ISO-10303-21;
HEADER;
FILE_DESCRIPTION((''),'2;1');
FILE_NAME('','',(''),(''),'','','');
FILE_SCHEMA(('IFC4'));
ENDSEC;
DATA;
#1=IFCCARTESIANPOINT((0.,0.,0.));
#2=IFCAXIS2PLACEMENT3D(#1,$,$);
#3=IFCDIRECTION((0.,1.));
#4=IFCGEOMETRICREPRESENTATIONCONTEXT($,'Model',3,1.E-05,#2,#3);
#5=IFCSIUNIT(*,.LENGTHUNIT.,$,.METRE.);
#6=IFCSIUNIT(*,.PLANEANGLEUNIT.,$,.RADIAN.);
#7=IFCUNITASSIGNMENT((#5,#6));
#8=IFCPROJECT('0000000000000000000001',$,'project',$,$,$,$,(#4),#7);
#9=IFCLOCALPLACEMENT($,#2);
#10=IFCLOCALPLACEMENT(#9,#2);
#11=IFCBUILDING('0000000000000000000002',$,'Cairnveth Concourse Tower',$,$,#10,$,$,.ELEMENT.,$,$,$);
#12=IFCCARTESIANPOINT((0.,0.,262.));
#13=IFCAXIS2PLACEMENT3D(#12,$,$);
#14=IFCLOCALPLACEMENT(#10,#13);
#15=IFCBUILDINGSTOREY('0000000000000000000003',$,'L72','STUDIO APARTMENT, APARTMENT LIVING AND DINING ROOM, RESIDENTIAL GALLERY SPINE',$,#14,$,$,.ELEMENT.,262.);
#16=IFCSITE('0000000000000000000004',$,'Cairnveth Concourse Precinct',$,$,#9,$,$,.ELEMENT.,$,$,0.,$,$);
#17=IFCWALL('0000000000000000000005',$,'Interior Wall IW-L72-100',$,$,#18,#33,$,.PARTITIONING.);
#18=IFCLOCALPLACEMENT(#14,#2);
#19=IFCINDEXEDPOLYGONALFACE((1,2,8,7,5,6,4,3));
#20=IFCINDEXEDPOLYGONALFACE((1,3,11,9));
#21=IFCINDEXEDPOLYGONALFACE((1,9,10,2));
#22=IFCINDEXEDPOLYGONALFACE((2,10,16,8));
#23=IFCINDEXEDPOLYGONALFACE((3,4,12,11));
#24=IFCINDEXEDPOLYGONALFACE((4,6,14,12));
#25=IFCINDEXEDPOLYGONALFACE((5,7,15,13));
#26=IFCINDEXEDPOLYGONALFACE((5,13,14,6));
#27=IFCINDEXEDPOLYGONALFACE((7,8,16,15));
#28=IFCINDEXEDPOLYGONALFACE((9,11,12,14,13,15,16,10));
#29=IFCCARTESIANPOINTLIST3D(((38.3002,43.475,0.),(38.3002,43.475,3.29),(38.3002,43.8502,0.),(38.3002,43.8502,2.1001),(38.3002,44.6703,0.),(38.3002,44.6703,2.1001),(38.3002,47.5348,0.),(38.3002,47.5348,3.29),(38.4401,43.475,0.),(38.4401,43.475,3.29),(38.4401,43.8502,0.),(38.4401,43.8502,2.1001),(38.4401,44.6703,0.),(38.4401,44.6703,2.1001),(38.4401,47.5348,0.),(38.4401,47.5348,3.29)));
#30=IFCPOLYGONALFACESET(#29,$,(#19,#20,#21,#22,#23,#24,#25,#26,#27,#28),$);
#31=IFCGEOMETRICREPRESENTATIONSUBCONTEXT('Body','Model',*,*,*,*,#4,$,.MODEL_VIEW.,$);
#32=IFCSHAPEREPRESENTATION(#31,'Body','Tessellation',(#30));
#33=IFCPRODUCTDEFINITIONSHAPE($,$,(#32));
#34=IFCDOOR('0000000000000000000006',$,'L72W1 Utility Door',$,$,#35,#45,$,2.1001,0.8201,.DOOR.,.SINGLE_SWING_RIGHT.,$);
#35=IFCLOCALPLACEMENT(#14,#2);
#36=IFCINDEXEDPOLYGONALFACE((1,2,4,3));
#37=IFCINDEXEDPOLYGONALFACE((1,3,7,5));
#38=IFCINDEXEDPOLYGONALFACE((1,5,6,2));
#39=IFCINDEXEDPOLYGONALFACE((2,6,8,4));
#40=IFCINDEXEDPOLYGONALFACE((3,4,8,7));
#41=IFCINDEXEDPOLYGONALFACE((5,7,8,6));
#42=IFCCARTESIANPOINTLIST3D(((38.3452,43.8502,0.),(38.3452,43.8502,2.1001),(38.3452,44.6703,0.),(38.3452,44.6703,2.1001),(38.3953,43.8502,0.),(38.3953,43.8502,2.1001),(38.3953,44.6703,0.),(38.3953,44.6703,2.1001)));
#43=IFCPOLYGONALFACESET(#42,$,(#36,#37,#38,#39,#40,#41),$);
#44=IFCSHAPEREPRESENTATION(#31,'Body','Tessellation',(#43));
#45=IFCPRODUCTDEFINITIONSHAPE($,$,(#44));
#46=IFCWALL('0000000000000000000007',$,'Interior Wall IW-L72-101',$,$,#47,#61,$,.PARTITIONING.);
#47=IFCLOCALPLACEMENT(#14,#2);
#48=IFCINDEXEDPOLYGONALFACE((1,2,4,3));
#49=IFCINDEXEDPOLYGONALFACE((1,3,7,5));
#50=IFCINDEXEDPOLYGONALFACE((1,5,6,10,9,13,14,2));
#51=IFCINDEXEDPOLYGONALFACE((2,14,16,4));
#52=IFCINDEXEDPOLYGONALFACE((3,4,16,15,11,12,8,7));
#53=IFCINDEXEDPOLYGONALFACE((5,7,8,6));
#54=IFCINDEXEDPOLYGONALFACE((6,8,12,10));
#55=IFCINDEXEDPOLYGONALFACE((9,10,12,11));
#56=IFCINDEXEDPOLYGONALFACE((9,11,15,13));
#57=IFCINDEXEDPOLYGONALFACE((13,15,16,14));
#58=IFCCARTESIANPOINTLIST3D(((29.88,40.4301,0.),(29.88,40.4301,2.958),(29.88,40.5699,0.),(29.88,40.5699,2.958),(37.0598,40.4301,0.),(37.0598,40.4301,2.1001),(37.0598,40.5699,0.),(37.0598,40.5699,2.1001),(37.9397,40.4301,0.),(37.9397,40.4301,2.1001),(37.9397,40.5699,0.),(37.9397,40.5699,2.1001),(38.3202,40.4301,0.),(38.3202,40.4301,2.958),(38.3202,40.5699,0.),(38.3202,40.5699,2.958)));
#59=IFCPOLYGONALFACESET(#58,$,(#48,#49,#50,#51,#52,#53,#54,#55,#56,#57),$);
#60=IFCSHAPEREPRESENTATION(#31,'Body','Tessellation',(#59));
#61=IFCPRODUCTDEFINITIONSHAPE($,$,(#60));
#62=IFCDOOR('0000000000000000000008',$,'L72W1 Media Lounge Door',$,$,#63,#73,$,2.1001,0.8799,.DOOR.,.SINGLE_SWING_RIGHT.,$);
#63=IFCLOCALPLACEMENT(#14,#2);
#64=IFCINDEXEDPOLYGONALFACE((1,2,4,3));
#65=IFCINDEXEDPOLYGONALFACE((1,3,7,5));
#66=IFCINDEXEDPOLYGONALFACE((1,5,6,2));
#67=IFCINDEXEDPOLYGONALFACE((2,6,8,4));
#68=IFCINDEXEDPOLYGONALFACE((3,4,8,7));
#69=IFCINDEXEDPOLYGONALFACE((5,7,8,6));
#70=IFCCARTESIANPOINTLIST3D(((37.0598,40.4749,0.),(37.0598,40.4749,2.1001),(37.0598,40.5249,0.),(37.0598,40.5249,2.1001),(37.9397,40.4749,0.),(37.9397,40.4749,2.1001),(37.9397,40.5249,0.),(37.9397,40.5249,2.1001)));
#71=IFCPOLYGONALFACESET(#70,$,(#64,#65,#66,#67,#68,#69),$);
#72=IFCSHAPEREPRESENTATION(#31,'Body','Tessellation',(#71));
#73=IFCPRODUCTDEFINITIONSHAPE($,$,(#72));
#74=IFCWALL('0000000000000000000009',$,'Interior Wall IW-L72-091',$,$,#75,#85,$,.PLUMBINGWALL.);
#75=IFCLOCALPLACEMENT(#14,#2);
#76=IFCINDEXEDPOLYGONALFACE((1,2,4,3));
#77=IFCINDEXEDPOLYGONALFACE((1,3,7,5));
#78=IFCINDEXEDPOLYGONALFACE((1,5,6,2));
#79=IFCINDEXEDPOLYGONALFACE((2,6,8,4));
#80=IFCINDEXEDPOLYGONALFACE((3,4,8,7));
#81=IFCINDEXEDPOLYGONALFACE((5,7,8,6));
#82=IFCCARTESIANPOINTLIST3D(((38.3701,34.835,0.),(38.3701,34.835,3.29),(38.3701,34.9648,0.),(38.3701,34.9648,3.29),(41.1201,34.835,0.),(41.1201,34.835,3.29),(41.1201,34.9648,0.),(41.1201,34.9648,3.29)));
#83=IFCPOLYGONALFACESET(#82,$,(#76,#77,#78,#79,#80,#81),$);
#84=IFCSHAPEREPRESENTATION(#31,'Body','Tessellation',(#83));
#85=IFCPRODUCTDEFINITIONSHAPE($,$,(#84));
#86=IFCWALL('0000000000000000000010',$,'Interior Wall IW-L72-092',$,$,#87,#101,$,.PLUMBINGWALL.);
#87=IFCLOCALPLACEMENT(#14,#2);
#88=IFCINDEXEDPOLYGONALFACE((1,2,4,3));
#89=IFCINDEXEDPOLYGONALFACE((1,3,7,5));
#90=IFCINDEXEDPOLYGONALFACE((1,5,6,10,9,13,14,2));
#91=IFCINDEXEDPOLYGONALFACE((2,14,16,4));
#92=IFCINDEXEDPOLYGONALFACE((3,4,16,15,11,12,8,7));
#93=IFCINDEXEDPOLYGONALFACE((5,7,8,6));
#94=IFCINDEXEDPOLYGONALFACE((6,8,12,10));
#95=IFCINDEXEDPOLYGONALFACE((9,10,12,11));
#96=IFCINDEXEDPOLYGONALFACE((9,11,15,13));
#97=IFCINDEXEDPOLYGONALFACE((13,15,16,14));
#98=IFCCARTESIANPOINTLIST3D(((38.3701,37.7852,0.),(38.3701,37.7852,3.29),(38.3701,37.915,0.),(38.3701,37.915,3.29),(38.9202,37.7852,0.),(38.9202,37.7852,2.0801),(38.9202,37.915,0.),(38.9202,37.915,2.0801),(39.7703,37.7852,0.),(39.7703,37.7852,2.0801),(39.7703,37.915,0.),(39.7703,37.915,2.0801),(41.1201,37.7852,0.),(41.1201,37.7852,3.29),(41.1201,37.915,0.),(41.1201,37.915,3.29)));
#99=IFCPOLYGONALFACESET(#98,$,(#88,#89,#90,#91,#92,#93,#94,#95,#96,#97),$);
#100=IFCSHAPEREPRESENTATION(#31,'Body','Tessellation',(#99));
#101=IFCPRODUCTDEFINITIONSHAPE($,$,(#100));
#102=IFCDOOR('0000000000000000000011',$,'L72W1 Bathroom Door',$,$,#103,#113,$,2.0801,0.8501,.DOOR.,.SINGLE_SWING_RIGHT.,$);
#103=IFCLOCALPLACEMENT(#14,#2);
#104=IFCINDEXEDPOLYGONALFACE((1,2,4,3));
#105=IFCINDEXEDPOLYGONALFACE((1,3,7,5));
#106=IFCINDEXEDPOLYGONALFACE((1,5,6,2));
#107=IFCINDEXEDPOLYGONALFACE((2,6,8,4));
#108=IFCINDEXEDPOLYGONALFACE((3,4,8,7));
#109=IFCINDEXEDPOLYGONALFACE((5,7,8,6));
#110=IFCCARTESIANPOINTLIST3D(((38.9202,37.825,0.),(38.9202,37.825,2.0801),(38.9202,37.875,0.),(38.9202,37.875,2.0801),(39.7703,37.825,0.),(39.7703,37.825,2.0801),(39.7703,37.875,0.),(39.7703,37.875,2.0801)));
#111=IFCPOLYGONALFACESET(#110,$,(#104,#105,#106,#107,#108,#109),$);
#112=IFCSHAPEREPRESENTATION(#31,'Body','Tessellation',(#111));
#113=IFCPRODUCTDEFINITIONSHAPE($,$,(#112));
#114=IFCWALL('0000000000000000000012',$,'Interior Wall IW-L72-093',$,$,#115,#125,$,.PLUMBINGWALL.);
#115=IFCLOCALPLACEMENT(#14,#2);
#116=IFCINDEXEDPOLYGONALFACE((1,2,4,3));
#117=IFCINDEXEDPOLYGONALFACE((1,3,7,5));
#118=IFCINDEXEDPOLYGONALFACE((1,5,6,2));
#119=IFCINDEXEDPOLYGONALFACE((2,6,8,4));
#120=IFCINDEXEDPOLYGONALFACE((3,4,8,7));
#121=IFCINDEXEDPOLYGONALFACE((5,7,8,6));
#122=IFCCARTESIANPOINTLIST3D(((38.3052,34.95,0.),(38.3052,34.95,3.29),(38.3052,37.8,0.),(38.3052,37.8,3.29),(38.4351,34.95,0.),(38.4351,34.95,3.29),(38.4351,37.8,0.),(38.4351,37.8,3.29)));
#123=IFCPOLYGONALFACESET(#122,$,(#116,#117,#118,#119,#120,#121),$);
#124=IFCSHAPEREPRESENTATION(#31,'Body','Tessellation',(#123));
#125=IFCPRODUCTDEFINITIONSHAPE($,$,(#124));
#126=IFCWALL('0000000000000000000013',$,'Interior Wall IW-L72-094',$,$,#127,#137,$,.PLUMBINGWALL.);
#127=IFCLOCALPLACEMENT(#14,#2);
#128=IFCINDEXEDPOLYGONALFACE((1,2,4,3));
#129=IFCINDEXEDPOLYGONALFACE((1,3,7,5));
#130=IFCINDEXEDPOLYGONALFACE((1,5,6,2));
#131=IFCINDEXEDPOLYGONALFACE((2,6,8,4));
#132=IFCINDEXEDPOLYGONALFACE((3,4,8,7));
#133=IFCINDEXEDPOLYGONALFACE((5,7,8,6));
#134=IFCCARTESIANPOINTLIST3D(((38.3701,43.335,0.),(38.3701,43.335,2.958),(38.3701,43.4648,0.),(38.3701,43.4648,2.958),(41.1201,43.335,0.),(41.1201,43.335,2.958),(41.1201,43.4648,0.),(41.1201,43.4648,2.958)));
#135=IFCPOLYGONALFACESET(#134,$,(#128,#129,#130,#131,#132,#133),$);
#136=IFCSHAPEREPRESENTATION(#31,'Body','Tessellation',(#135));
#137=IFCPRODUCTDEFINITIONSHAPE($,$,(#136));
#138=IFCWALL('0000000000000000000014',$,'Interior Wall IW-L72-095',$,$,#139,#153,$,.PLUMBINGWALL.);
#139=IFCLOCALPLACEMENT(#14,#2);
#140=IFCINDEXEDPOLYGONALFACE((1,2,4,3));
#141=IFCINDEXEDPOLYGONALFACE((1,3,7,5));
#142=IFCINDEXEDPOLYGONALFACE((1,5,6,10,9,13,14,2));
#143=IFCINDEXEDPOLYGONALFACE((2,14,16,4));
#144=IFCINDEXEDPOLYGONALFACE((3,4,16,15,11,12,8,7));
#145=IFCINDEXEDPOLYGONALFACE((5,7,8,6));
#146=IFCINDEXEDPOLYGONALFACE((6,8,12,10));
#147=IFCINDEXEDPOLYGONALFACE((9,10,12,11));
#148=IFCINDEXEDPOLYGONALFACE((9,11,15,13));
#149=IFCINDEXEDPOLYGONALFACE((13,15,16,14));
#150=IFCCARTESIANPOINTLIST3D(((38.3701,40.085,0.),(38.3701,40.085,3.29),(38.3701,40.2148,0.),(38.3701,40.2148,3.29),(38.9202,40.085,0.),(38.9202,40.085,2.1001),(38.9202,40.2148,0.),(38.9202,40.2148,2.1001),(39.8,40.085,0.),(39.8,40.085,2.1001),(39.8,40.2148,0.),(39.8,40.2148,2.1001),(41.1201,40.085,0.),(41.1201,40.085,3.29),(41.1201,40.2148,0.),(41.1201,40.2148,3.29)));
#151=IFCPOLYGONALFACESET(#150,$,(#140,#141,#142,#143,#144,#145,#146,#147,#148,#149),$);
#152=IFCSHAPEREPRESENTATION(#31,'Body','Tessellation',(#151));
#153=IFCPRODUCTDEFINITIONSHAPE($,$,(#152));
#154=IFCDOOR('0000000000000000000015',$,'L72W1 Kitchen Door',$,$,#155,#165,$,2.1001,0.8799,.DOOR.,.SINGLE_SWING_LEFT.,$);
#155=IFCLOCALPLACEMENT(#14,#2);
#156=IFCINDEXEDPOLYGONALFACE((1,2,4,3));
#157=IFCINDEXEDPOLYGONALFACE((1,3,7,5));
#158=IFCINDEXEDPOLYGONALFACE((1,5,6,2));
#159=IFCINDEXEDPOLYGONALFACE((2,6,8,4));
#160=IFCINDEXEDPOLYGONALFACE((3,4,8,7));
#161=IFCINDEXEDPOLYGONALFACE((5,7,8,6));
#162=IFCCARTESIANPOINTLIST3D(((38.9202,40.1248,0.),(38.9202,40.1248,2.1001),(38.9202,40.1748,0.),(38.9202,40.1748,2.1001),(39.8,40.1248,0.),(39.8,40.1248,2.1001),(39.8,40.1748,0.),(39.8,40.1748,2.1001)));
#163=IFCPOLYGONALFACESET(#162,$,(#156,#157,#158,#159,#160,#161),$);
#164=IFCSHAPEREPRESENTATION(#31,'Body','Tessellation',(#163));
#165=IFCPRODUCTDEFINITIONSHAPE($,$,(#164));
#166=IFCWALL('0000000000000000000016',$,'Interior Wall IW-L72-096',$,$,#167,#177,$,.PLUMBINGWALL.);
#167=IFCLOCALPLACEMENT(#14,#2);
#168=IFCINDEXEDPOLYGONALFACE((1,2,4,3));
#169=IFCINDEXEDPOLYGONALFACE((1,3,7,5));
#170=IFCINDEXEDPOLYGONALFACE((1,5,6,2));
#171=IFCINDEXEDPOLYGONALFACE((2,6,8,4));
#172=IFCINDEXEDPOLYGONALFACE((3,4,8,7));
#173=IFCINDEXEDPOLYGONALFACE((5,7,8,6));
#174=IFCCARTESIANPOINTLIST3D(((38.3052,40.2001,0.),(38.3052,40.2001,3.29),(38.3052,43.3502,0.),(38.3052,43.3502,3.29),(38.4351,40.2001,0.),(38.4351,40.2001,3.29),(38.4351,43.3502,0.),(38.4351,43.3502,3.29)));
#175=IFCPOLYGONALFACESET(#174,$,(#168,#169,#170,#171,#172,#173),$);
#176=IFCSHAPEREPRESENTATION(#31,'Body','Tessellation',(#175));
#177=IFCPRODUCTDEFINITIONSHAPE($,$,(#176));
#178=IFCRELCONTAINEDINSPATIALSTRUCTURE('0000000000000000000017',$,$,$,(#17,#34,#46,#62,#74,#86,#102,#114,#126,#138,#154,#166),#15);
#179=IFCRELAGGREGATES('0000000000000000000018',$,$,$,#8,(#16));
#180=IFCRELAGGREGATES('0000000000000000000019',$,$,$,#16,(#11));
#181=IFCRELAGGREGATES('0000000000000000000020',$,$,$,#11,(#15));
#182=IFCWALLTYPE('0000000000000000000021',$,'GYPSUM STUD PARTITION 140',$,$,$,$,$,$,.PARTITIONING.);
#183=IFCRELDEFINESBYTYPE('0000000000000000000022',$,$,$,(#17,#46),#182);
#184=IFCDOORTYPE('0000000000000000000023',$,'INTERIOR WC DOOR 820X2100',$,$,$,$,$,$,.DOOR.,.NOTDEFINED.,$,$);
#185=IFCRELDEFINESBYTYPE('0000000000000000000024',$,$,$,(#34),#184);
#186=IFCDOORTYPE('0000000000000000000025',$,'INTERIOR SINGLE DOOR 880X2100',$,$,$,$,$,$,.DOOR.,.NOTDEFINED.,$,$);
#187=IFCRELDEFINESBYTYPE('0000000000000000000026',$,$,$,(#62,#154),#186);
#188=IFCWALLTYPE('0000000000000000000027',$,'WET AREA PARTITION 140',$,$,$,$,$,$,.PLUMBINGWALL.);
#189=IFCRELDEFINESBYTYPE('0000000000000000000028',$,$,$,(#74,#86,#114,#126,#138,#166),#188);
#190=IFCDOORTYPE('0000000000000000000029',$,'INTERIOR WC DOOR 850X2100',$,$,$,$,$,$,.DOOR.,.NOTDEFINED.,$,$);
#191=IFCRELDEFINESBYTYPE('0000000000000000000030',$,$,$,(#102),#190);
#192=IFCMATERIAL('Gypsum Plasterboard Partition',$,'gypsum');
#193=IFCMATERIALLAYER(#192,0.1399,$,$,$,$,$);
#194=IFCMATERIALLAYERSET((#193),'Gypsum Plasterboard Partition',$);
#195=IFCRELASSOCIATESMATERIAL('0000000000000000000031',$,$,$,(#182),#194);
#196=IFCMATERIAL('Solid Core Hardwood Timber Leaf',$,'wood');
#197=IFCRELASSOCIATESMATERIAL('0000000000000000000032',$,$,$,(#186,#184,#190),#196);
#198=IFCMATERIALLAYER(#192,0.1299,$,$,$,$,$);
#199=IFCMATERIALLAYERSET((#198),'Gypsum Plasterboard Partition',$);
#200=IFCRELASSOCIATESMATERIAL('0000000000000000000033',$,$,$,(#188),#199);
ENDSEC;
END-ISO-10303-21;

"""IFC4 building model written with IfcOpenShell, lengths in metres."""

from ifc_helpers import new_model, si_unit, direction, frame, frame_2d, origin, place, context, subcontext, project, spatial, rectangle, extrude, material, layer, layer_set, type_object, element, fill, save


model = new_model("IFC4")

# Units and contexts
model_context = context("Model", 3, precision=1e-05, world=origin(), true_north=direction((0.0, 1.0)))
body_context = subcontext(model_context, "Body", "Model", "MODEL_VIEW")
ifc_project = project(units=[si_unit("LENGTHUNIT", "METRE"), si_unit("PLANEANGLEUNIT", "RADIAN")], contexts=[model_context])

# Site, building, storey
site_placement = place(None, origin())
site = spatial("IfcSite", under=ifc_project, at=site_placement, Name="Cairnveth Concourse Precinct", CompositionType="ELEMENT", RefElevation=0.0)
building_placement = place(site_placement, origin())
building = spatial("IfcBuilding", under=site, at=building_placement, Name="Cairnveth Concourse Tower", CompositionType="ELEMENT")
storey_placement = place(building_placement, frame((0.0, 0.0, 262.0)))
storey = spatial("IfcBuildingStorey", under=building, at=storey_placement, Name="L72", Description="STUDIO APARTMENT, APARTMENT LIVING AND DINING ROOM, RESIDENTIAL GALLERY SPINE", CompositionType="ELEMENT", Elevation=262.0)

# Walls, openings, doors
ifc_material_1 = material(Name="Gypsum Plasterboard Partition", Category="gypsum")
ifc_layer_1 = layer(ifc_material_1, 0.1399)
ifc_layer_set_1 = layer_set([ifc_layer_1], Name="Gypsum Plasterboard Partition")
wall_type_1 = type_object("IfcWallType", Name="GYPSUM STUD PARTITION 140", PredefinedType="PARTITIONING", material=ifc_layer_set_1)
ifc_material_2 = material(Name="Solid Core Hardwood Timber Leaf", Category="wood")
door_type_1 = type_object("IfcDoorType", Name="INTERIOR SINGLE DOOR 880X2100", OperationType="NOTDEFINED", PredefinedType="DOOR", material=ifc_material_2)
wall_1_placement = place(storey_placement, frame((38.3701, 43.4751, 0.0), z_axis=(0.0, 0.0, 1.0), x_axis=(0.0, 1.0, 0.0)))
wall_1 = element("IfcWall", 1, at=wall_1_placement, inside=storey, type_object=wall_type_1, Name="Interior Wall IW-L72-100", PredefinedType="PARTITIONING", context=body_context, shape_type="SweptSolid", body=[
    extrude(rectangle(XDim=4.0598, YDim=0.1399, at=frame_2d((2.0298, 0.0))), origin(), (0.0, 0.0, 1.0), 3.29),
])
opening_1_placement = place(wall_1_placement, frame((0.375, 0.0, 0.0)))
opening_1 = element("IfcOpeningElement", 2, at=opening_1_placement, cuts=wall_1, PredefinedType="OPENING", context=body_context, shape_type="SweptSolid", body=[
    extrude(rectangle(XDim=0.8201, YDim=2.1001, at=frame_2d((0.4102, 1.05))), frame((0.0, 0.0798, 0.0), z_axis=(0.0, -1.0, 0.0), x_axis=(1.0, 0.0, 0.0)), (0.0, 0.0, 1.0), 0.1599),
])
door_type_2 = type_object("IfcDoorType", Name="INTERIOR WC DOOR 820X2100", OperationType="NOTDEFINED", PredefinedType="DOOR", material=ifc_material_2)
door_1_placement = place(opening_1_placement, origin())
door_1 = element("IfcDoor", 3, at=door_1_placement, inside=storey, type_object=door_type_2, Name="L72W1 Utility Door", OperationType="SINGLE_SWING_RIGHT", OverallHeight=2.1001, OverallWidth=0.8201, PredefinedType="DOOR", context=body_context, shape_type="SweptSolid", body=[
    extrude(rectangle(XDim=0.8201, YDim=2.1001, at=frame_2d((0.4102, 1.05))), frame((0.0, 0.0249, 0.0), z_axis=(0.0, -1.0, 0.0), x_axis=(1.0, 0.0, 0.0)), (0.0, 0.0, 1.0), 0.05),
])
fill(opening_1, door_1)
wall_2_placement = place(storey_placement, frame((29.8799, 40.5, 0.0), z_axis=(0.0, 0.0, 1.0), x_axis=(1.0, 0.0, 0.0)))
wall_2 = element("IfcWall", 4, at=wall_2_placement, inside=storey, type_object=wall_type_1, Name="Interior Wall IW-L72-101", PredefinedType="PARTITIONING", context=body_context, shape_type="SweptSolid", body=[
    extrude(rectangle(XDim=8.4402, YDim=0.1399, at=frame_2d((4.2202, 0.0))), origin(), (0.0, 0.0, 1.0), 2.958),
])
opening_2_placement = place(wall_2_placement, frame((7.1799, 0.0, 0.0)))
opening_2 = element("IfcOpeningElement", 5, at=opening_2_placement, cuts=wall_2, PredefinedType="OPENING", context=body_context, shape_type="SweptSolid", body=[
    extrude(rectangle(XDim=0.8799, YDim=2.1001, at=frame_2d((0.4399, 1.05))), frame((0.0, 0.0798, 0.0), z_axis=(0.0, -1.0, 0.0), x_axis=(1.0, 0.0, 0.0)), (0.0, 0.0, 1.0), 0.1599),
])
door_2_placement = place(opening_2_placement, origin())
door_2 = element("IfcDoor", 6, at=door_2_placement, inside=storey, type_object=door_type_1, Name="L72W1 Media Lounge Door", OperationType="SINGLE_SWING_RIGHT", OverallHeight=2.1001, OverallWidth=0.8799, PredefinedType="DOOR", context=body_context, shape_type="SweptSolid", body=[
    extrude(rectangle(XDim=0.8799, YDim=2.1001, at=frame_2d((0.4399, 1.05))), frame((0.0, 0.0249, 0.0), z_axis=(0.0, -1.0, 0.0), x_axis=(1.0, 0.0, 0.0)), (0.0, 0.0, 1.0), 0.05),
])
fill(opening_2, door_2)

# Wall
ifc_layer_2 = layer(ifc_material_1, 0.1299)
ifc_layer_set_2 = layer_set([ifc_layer_2], Name="Gypsum Plasterboard Partition")
wall_type_2 = type_object("IfcWallType", Name="WET AREA PARTITION 140", PredefinedType="PLUMBINGWALL", material=ifc_layer_set_2)
wall_3_placement = place(storey_placement, frame((38.3701, 34.8999, 0.0), z_axis=(0.0, 0.0, 1.0), x_axis=(1.0, 0.0, 0.0)))
element("IfcWall", 7, at=wall_3_placement, inside=storey, type_object=wall_type_2, Name="Interior Wall IW-L72-091", PredefinedType="PLUMBINGWALL", context=body_context, shape_type="SweptSolid", body=[
    extrude(rectangle(XDim=2.75, YDim=0.1299, at=frame_2d((1.375, 0.0))), origin(), (0.0, 0.0, 1.0), 3.29),
])

# Wall, opening, door
wall_4_placement = place(storey_placement, frame((38.3701, 37.8501, 0.0), z_axis=(0.0, 0.0, 1.0), x_axis=(1.0, 0.0, 0.0)))
wall_4 = element("IfcWall", 8, at=wall_4_placement, inside=storey, type_object=wall_type_2, Name="Interior Wall IW-L72-092", PredefinedType="PLUMBINGWALL", context=body_context, shape_type="SweptSolid", body=[
    extrude(rectangle(XDim=2.75, YDim=0.1299, at=frame_2d((1.375, 0.0))), origin(), (0.0, 0.0, 1.0), 3.29),
])
opening_3_placement = place(wall_4_placement, frame((0.55, 0.0, 0.0)))
opening_3 = element("IfcOpeningElement", 9, at=opening_3_placement, cuts=wall_4, PredefinedType="OPENING", context=body_context, shape_type="SweptSolid", body=[
    extrude(rectangle(XDim=0.8501, YDim=2.0801, at=frame_2d((0.425, 1.04))), frame((0.0, 0.075, 0.0), z_axis=(0.0, -1.0, 0.0), x_axis=(1.0, 0.0, 0.0)), (0.0, 0.0, 1.0), 0.1499),
])
door_type_3 = type_object("IfcDoorType", Name="INTERIOR WC DOOR 850X2100", OperationType="NOTDEFINED", PredefinedType="DOOR", material=ifc_material_2)
door_3_placement = place(opening_3_placement, origin())
door_3 = element("IfcDoor", 10, at=door_3_placement, inside=storey, type_object=door_type_3, Name="L72W1 Bathroom Door", OperationType="SINGLE_SWING_RIGHT", OverallHeight=2.0801, OverallWidth=0.8501, PredefinedType="DOOR", context=body_context, shape_type="SweptSolid", body=[
    extrude(rectangle(XDim=0.8501, YDim=2.0801, at=frame_2d((0.425, 1.04))), frame((0.0, 0.0249, 0.0), z_axis=(0.0, -1.0, 0.0), x_axis=(1.0, 0.0, 0.0)), (0.0, 0.0, 1.0), 0.05),
])
fill(opening_3, door_3)

# Walls
wall_5_placement = place(storey_placement, frame((38.3701, 34.95, 0.0), z_axis=(0.0, 0.0, 1.0), x_axis=(0.0, 1.0, 0.0)))
element("IfcWall", 11, at=wall_5_placement, inside=storey, type_object=wall_type_2, Name="Interior Wall IW-L72-093", PredefinedType="PLUMBINGWALL", context=body_context, shape_type="SweptSolid", body=[
    extrude(rectangle(XDim=2.8501, YDim=0.1299, at=frame_2d((1.425, 0.0))), origin(), (0.0, 0.0, 1.0), 3.29),
])
wall_6_placement = place(storey_placement, frame((38.3701, 43.3999, 0.0), z_axis=(0.0, 0.0, 1.0), x_axis=(1.0, 0.0, 0.0)))
element("IfcWall", 12, at=wall_6_placement, inside=storey, type_object=wall_type_2, Name="Interior Wall IW-L72-094", PredefinedType="PLUMBINGWALL", context=body_context, shape_type="SweptSolid", body=[
    extrude(rectangle(XDim=2.75, YDim=0.1299, at=frame_2d((1.375, 0.0))), origin(), (0.0, 0.0, 1.0), 2.958),
])

# Wall, opening, door
wall_7_placement = place(storey_placement, frame((38.3701, 40.1499, 0.0), z_axis=(0.0, 0.0, 1.0), x_axis=(1.0, 0.0, 0.0)))
wall_7 = element("IfcWall", 13, at=wall_7_placement, inside=storey, type_object=wall_type_2, Name="Interior Wall IW-L72-095", PredefinedType="PLUMBINGWALL", context=body_context, shape_type="SweptSolid", body=[
    extrude(rectangle(XDim=2.75, YDim=0.1299, at=frame_2d((1.375, 0.0))), origin(), (0.0, 0.0, 1.0), 3.29),
])
opening_4_placement = place(wall_7_placement, frame((0.55, 0.0, 0.0)))
opening_4 = element("IfcOpeningElement", 14, at=opening_4_placement, cuts=wall_7, PredefinedType="OPENING", context=body_context, shape_type="SweptSolid", body=[
    extrude(rectangle(XDim=0.8799, YDim=2.1001, at=frame_2d((0.4399, 1.05))), frame((0.0, 0.075, 0.0), z_axis=(0.0, -1.0, 0.0), x_axis=(1.0, 0.0, 0.0)), (0.0, 0.0, 1.0), 0.1499),
])
door_4_placement = place(opening_4_placement, origin())
door_4 = element("IfcDoor", 15, at=door_4_placement, inside=storey, type_object=door_type_1, Name="L72W1 Kitchen Door", OperationType="SINGLE_SWING_LEFT", OverallHeight=2.1001, OverallWidth=0.8799, PredefinedType="DOOR", context=body_context, shape_type="SweptSolid", body=[
    extrude(rectangle(XDim=0.8799, YDim=2.1001, at=frame_2d((0.4399, 1.05))), frame((0.0, 0.0249, 0.0), z_axis=(0.0, -1.0, 0.0), x_axis=(1.0, 0.0, 0.0)), (0.0, 0.0, 1.0), 0.05),
])
fill(opening_4, door_4)

# Wall
wall_8_placement = place(storey_placement, frame((38.3701, 40.2, 0.0), z_axis=(0.0, 0.0, 1.0), x_axis=(0.0, 1.0, 0.0)))
element("IfcWall", 16, at=wall_8_placement, inside=storey, type_object=wall_type_2, Name="Interior Wall IW-L72-096", PredefinedType="PLUMBINGWALL", context=body_context, shape_type="SweptSolid", body=[
    extrude(rectangle(XDim=3.1501, YDim=0.1299, at=frame_2d((1.5752, 0.0))), origin(), (0.0, 0.0, 1.0), 3.29),
])

save(model, "model.ifc")
